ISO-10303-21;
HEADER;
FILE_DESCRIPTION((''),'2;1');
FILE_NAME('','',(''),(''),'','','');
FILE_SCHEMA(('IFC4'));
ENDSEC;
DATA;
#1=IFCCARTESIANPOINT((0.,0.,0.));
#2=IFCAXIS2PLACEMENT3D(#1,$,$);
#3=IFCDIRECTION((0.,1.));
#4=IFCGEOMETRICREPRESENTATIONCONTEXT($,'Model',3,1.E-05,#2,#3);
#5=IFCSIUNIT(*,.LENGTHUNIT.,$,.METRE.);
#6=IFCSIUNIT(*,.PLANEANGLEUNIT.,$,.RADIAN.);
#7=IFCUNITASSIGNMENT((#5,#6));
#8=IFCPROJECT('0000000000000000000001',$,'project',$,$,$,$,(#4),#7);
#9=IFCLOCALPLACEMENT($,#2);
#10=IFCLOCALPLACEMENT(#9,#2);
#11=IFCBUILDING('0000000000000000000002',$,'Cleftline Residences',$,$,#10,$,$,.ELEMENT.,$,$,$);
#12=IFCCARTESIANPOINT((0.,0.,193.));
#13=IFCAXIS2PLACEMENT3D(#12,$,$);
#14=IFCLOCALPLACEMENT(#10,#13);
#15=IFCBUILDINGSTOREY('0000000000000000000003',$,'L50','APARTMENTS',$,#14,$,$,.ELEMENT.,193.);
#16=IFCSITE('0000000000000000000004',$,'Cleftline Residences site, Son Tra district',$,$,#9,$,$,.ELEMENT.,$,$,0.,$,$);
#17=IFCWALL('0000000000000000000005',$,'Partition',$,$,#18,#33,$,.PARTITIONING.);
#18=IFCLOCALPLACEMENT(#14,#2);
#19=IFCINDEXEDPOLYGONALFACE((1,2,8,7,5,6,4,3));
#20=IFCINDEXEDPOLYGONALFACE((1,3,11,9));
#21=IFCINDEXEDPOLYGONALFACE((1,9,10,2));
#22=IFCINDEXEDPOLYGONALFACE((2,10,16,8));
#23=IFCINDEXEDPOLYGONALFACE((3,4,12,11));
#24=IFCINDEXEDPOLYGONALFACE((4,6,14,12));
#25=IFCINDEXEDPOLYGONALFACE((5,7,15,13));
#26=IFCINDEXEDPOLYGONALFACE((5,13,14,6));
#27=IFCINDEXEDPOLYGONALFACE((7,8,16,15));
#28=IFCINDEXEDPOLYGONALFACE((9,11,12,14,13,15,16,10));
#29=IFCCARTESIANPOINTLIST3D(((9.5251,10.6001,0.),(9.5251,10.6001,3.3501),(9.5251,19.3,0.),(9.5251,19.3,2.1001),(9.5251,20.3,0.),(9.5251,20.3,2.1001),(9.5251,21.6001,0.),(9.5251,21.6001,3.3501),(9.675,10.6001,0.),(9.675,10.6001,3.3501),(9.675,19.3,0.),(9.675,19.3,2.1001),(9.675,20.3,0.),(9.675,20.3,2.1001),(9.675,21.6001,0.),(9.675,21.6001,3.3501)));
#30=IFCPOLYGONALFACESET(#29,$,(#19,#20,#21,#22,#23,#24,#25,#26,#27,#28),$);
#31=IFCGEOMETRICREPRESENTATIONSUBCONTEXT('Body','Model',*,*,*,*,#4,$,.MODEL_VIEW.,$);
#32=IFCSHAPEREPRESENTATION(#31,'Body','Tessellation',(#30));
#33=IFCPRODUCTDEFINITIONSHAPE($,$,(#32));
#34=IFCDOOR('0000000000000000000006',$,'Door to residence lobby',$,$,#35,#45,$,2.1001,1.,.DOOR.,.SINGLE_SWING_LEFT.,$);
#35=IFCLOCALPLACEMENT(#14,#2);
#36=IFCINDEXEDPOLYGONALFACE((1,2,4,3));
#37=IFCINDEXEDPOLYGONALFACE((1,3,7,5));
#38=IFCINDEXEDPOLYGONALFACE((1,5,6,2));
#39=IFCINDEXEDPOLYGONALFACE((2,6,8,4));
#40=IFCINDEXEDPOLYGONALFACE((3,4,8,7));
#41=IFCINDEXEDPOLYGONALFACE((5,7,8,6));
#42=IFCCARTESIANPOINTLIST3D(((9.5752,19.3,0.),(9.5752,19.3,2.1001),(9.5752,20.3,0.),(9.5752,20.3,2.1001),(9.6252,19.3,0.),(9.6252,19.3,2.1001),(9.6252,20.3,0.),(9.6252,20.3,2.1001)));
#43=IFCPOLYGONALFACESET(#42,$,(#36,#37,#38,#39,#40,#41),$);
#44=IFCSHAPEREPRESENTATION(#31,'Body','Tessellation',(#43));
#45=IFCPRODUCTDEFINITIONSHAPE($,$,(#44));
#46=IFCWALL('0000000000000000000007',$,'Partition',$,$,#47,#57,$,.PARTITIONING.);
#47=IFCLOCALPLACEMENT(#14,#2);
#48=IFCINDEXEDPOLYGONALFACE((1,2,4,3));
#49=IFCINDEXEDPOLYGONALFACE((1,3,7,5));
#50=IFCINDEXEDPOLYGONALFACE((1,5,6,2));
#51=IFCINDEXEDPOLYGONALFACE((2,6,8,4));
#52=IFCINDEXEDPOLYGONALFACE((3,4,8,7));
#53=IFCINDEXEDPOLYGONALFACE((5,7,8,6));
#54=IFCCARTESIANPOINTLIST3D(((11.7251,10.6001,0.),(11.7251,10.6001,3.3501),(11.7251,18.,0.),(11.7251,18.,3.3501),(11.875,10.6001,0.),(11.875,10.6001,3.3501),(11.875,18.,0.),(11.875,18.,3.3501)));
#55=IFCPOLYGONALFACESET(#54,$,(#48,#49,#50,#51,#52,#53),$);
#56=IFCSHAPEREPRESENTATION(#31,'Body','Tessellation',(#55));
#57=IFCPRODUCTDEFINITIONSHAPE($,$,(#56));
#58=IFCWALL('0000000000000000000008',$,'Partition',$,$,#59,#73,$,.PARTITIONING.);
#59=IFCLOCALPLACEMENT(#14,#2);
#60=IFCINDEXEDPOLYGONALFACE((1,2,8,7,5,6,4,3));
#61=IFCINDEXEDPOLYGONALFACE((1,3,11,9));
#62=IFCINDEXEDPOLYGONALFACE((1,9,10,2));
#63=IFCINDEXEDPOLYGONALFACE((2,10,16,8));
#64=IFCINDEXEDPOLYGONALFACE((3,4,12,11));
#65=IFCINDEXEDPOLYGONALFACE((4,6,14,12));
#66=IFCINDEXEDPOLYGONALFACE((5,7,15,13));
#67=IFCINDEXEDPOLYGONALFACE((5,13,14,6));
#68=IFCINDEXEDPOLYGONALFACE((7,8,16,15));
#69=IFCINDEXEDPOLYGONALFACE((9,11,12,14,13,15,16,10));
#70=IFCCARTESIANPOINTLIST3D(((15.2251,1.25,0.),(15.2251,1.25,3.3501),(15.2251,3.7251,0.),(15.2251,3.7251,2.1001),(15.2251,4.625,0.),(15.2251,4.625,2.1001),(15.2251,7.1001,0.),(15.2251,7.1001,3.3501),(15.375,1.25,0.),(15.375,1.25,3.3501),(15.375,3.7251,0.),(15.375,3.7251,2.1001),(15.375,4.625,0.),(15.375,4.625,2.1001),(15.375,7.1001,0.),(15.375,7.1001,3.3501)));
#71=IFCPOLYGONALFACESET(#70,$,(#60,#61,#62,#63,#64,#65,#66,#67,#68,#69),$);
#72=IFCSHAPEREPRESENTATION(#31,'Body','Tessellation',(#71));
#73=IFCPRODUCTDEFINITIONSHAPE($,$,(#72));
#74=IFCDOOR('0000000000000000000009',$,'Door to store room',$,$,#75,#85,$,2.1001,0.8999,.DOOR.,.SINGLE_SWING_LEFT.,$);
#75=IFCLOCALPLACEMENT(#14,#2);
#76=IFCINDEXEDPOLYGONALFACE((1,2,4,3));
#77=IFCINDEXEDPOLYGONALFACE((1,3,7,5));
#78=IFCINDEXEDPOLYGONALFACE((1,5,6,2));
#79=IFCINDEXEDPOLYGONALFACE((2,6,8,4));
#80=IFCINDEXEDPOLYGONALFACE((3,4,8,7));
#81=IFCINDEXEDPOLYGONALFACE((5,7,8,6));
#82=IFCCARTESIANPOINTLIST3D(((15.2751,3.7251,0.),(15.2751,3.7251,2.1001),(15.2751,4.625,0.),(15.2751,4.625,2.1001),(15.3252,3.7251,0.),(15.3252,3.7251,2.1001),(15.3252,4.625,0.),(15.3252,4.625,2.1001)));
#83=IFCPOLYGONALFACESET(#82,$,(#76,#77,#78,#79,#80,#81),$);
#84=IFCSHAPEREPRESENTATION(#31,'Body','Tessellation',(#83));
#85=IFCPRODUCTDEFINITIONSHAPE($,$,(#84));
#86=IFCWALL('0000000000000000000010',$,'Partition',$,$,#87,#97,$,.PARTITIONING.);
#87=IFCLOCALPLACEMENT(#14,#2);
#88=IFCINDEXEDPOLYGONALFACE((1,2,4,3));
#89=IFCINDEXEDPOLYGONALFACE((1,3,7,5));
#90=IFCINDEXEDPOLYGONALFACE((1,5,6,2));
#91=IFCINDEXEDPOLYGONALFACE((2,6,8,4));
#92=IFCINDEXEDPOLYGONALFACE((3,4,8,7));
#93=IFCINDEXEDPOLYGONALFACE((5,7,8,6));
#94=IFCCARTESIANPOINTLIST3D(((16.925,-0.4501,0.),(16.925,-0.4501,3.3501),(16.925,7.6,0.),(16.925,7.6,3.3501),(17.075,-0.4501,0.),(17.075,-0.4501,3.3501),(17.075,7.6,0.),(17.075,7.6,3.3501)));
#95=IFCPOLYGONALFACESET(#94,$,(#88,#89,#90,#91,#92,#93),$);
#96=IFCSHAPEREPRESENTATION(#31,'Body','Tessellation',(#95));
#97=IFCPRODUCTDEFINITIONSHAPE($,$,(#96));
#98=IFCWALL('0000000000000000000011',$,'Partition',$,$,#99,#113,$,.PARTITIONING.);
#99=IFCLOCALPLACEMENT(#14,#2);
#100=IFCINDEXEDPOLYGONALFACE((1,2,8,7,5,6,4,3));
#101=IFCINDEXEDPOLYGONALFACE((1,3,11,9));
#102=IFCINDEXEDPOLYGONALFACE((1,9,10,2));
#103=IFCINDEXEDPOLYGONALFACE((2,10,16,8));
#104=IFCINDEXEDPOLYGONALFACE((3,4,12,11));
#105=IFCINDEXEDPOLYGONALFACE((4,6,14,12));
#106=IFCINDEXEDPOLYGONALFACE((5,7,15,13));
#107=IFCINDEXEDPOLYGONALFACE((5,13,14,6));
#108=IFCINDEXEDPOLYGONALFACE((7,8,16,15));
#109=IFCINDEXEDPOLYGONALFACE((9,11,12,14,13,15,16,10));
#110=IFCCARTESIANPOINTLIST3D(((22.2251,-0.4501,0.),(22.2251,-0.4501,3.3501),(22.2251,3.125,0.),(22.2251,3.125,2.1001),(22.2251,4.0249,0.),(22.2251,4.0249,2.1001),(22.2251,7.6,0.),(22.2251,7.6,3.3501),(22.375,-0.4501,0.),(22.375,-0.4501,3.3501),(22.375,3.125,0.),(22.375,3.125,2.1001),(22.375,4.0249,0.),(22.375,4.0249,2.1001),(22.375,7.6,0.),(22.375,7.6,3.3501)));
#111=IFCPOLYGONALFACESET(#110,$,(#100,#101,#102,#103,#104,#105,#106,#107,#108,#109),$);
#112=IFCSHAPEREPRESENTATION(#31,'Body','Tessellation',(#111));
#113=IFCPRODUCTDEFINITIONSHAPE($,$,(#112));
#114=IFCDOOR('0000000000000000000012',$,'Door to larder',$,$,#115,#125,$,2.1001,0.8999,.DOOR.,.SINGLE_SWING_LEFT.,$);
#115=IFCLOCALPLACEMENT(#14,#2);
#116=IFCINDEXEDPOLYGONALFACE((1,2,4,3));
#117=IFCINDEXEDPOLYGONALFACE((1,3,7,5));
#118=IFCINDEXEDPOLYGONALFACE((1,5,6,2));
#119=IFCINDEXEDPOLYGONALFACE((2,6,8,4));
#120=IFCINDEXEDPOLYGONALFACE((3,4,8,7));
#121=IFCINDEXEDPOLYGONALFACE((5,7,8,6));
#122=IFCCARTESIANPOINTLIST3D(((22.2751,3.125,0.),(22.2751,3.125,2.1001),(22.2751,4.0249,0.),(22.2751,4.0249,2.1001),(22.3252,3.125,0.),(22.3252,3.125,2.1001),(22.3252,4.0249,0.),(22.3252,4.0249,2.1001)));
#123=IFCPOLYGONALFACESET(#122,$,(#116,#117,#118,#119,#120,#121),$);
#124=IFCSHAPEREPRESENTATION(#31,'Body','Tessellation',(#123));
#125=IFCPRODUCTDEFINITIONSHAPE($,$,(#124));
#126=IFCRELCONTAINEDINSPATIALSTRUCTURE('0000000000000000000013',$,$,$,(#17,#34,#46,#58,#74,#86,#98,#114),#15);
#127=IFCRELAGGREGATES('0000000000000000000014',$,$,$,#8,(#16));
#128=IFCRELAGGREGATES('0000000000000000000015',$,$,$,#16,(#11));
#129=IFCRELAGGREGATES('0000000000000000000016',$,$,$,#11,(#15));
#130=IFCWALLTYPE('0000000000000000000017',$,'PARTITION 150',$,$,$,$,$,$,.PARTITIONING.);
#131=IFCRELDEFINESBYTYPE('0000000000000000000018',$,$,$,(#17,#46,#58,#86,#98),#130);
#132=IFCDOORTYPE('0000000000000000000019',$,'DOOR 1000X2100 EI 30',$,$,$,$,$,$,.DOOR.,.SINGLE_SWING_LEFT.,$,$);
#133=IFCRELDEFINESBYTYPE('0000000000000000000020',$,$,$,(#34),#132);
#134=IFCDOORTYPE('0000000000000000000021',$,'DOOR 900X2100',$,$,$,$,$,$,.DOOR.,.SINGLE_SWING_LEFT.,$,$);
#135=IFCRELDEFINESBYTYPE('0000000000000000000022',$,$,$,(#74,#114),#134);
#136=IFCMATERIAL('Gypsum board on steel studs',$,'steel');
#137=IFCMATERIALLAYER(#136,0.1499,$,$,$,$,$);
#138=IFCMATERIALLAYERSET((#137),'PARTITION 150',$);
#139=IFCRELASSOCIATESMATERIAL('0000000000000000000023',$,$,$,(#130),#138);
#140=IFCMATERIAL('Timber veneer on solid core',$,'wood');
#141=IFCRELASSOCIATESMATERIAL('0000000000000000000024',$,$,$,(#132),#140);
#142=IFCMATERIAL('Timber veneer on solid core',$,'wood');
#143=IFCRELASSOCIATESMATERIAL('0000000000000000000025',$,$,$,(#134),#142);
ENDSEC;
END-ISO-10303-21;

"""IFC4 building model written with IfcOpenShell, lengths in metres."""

from ifc_helpers import new_model, si_unit, direction, frame, frame_2d, origin, place, context, subcontext, project, spatial, rectangle, extrude, material, layer, layer_set, type_object, element, fill, save


model = new_model("IFC4")

# Units and contexts
model_context = context("Model", 3, precision=1e-05, world=origin(), true_north=direction((0.0, 1.0)))
body_context = subcontext(model_context, "Body", "Model", "MODEL_VIEW")
ifc_project = project(units=[si_unit("LENGTHUNIT", "METRE"), si_unit("PLANEANGLEUNIT", "RADIAN")], contexts=[model_context])

# Site, building, storey
site_placement = place(None, origin())
site = spatial("IfcSite", under=ifc_project, at=site_placement, Name="Cleftline Residences site, Son Tra district", CompositionType="ELEMENT", RefElevation=0.0)
building_placement = place(site_placement, origin())
building = spatial("IfcBuilding", under=site, at=building_placement, Name="Cleftline Residences", CompositionType="ELEMENT")
storey_placement = place(building_placement, frame((0.0, 0.0, 193.0)))
storey = spatial("IfcBuildingStorey", under=building, at=storey_placement, Name="L50", Description="APARTMENTS", CompositionType="ELEMENT", Elevation=193.0)

# Wall, opening, door
ifc_material_1 = material(Name="Gypsum board on steel studs", Category="steel")
ifc_layer_1 = layer(ifc_material_1, 0.1499)
ifc_layer_set_1 = layer_set([ifc_layer_1], Name="PARTITION 150")
wall_type = type_object("IfcWallType", Name="PARTITION 150", PredefinedType="PARTITIONING", material=ifc_layer_set_1)
wall_1_placement = place(storey_placement, frame((9.6001, 10.6001, 0.0), z_axis=(0.0, 0.0, 1.0), x_axis=(0.0, 1.0, 0.0)))
wall_1 = element("IfcWall", 1, at=wall_1_placement, inside=storey, type_object=wall_type, Name="Partition", PredefinedType="PARTITIONING", context=body_context, shape_type="SweptSolid", body=[
    extrude(rectangle(XDim=11.0, YDim=0.1499, at=frame_2d((5.5, 0.0))), origin(), (0.0, 0.0, 1.0), 3.3501),
])
opening_1_placement = place(wall_1_placement, frame((8.7, 0.0, 0.0)))
opening_1 = element("IfcOpeningElement", 2, at=opening_1_placement, cuts=wall_1, PredefinedType="OPENING", context=body_context, shape_type="SweptSolid", body=[
    extrude(rectangle(XDim=1.0, YDim=2.1001, at=frame_2d((0.5, 1.05))), frame((0.0, 0.085, 0.0), z_axis=(0.0, -1.0, 0.0), x_axis=(1.0, 0.0, 0.0)), (0.0, 0.0, 1.0), 0.1699),
])
ifc_material_2 = material(Name="Timber veneer on solid core", Category="wood")
door_type_1 = type_object("IfcDoorType", Name="DOOR 1000X2100 EI 30", OperationType="SINGLE_SWING_LEFT", PredefinedType="DOOR", material=ifc_material_2)
door_1_placement = place(opening_1_placement, origin())
door_1 = element("IfcDoor", 3, at=door_1_placement, inside=storey, type_object=door_type_1, Name="Door to residence lobby", OperationType="SINGLE_SWING_LEFT", OverallHeight=2.1001, OverallWidth=1.0, PredefinedType="DOOR", context=body_context, shape_type="SweptSolid", body=[
    extrude(rectangle(XDim=1.0, YDim=2.1001, at=frame_2d((0.5, 1.05))), frame((0.0, 0.0249, 0.0), z_axis=(0.0, -1.0, 0.0), x_axis=(1.0, 0.0, 0.0)), (0.0, 0.0, 1.0), 0.05),
])
fill(opening_1, door_1)

# Wall
wall_2_placement = place(storey_placement, frame((11.8, 10.6001, 0.0), z_axis=(0.0, 0.0, 1.0), x_axis=(0.0, 1.0, 0.0)))
element("IfcWall", 4, at=wall_2_placement, inside=storey, type_object=wall_type, Name="Partition", PredefinedType="PARTITIONING", context=body_context, shape_type="SweptSolid", body=[
    extrude(rectangle(XDim=7.3999, YDim=0.1499, at=frame_2d((3.7, 0.0))), origin(), (0.0, 0.0, 1.0), 3.3501),
])

# Wall, opening, door
wall_3_placement = place(storey_placement, frame((15.3, 1.25, 0.0), z_axis=(0.0, 0.0, 1.0), x_axis=(0.0, 1.0, 0.0)))
wall_3 = element("IfcWall", 5, at=wall_3_placement, inside=storey, type_object=wall_type, Name="Partition", PredefinedType="PARTITIONING", context=body_context, shape_type="SweptSolid", body=[
    extrude(rectangle(XDim=5.8501, YDim=0.1499, at=frame_2d((2.925, 0.0))), origin(), (0.0, 0.0, 1.0), 3.3501),
])
opening_2_placement = place(wall_3_placement, frame((2.4751, 0.0, 0.0)))
opening_2 = element("IfcOpeningElement", 6, at=opening_2_placement, cuts=wall_3, PredefinedType="OPENING", context=body_context, shape_type="SweptSolid", body=[
    extrude(rectangle(XDim=0.8999, YDim=2.1001, at=frame_2d((0.45, 1.05))), frame((0.0, 0.085, 0.0), z_axis=(0.0, -1.0, 0.0), x_axis=(1.0, 0.0, 0.0)), (0.0, 0.0, 1.0), 0.1699),
])
ifc_material_3 = material(Name="Timber veneer on solid core", Category="wood")
door_type_2 = type_object("IfcDoorType", Name="DOOR 900X2100", OperationType="SINGLE_SWING_LEFT", PredefinedType="DOOR", material=ifc_material_3)
door_2_placement = place(opening_2_placement, origin())
door_2 = element("IfcDoor", 7, at=door_2_placement, inside=storey, type_object=door_type_2, Name="Door to store room", OperationType="SINGLE_SWING_LEFT", OverallHeight=2.1001, OverallWidth=0.8999, PredefinedType="DOOR", context=body_context, shape_type="SweptSolid", body=[
    extrude(rectangle(XDim=0.8999, YDim=2.1001, at=frame_2d((0.45, 1.05))), frame((0.0, 0.0249, 0.0), z_axis=(0.0, -1.0, 0.0), x_axis=(1.0, 0.0, 0.0)), (0.0, 0.0, 1.0), 0.05),
])
fill(opening_2, door_2)

# Wall
wall_4_placement = place(storey_placement, frame((17.0, -0.45, 0.0), z_axis=(0.0, 0.0, 1.0), x_axis=(0.0, 1.0, 0.0)))
element("IfcWall", 8, at=wall_4_placement, inside=storey, type_object=wall_type, Name="Partition", PredefinedType="PARTITIONING", context=body_context, shape_type="SweptSolid", body=[
    extrude(rectangle(XDim=8.05, YDim=0.1499, at=frame_2d((4.0249, 0.0))), origin(), (0.0, 0.0, 1.0), 3.3501),
])

# Wall, opening, door
wall_5_placement = place(storey_placement, frame((22.3, -0.45, 0.0), z_axis=(0.0, 0.0, 1.0), x_axis=(0.0, 1.0, 0.0)))
wall_5 = element("IfcWall", 9, at=wall_5_placement, inside=storey, type_object=wall_type, Name="Partition", PredefinedType="PARTITIONING", context=body_context, shape_type="SweptSolid", body=[
    extrude(rectangle(XDim=8.05, YDim=0.1499, at=frame_2d((4.0249, 0.0))), origin(), (0.0, 0.0, 1.0), 3.3501),
])
opening_3_placement = place(wall_5_placement, frame((3.575, 0.0, 0.0)))
opening_3 = element("IfcOpeningElement", 10, at=opening_3_placement, cuts=wall_5, PredefinedType="OPENING", context=body_context, shape_type="SweptSolid", body=[
    extrude(rectangle(XDim=0.8999, YDim=2.1001, at=frame_2d((0.45, 1.05))), frame((0.0, 0.085, 0.0), z_axis=(0.0, -1.0, 0.0), x_axis=(1.0, 0.0, 0.0)), (0.0, 0.0, 1.0), 0.1699),
])
door_3_placement = place(opening_3_placement, origin())
door_3 = element("IfcDoor", 11, at=door_3_placement, inside=storey, type_object=door_type_2, Name="Door to larder", OperationType="SINGLE_SWING_LEFT", OverallHeight=2.1001, OverallWidth=0.8999, PredefinedType="DOOR", context=body_context, shape_type="SweptSolid", body=[
    extrude(rectangle(XDim=0.8999, YDim=2.1001, at=frame_2d((0.45, 1.05))), frame((0.0, 0.0249, 0.0), z_axis=(0.0, -1.0, 0.0), x_axis=(1.0, 0.0, 0.0)), (0.0, 0.0, 1.0), 0.05),
])
fill(opening_3, door_3)

save(model, "model.ifc")
